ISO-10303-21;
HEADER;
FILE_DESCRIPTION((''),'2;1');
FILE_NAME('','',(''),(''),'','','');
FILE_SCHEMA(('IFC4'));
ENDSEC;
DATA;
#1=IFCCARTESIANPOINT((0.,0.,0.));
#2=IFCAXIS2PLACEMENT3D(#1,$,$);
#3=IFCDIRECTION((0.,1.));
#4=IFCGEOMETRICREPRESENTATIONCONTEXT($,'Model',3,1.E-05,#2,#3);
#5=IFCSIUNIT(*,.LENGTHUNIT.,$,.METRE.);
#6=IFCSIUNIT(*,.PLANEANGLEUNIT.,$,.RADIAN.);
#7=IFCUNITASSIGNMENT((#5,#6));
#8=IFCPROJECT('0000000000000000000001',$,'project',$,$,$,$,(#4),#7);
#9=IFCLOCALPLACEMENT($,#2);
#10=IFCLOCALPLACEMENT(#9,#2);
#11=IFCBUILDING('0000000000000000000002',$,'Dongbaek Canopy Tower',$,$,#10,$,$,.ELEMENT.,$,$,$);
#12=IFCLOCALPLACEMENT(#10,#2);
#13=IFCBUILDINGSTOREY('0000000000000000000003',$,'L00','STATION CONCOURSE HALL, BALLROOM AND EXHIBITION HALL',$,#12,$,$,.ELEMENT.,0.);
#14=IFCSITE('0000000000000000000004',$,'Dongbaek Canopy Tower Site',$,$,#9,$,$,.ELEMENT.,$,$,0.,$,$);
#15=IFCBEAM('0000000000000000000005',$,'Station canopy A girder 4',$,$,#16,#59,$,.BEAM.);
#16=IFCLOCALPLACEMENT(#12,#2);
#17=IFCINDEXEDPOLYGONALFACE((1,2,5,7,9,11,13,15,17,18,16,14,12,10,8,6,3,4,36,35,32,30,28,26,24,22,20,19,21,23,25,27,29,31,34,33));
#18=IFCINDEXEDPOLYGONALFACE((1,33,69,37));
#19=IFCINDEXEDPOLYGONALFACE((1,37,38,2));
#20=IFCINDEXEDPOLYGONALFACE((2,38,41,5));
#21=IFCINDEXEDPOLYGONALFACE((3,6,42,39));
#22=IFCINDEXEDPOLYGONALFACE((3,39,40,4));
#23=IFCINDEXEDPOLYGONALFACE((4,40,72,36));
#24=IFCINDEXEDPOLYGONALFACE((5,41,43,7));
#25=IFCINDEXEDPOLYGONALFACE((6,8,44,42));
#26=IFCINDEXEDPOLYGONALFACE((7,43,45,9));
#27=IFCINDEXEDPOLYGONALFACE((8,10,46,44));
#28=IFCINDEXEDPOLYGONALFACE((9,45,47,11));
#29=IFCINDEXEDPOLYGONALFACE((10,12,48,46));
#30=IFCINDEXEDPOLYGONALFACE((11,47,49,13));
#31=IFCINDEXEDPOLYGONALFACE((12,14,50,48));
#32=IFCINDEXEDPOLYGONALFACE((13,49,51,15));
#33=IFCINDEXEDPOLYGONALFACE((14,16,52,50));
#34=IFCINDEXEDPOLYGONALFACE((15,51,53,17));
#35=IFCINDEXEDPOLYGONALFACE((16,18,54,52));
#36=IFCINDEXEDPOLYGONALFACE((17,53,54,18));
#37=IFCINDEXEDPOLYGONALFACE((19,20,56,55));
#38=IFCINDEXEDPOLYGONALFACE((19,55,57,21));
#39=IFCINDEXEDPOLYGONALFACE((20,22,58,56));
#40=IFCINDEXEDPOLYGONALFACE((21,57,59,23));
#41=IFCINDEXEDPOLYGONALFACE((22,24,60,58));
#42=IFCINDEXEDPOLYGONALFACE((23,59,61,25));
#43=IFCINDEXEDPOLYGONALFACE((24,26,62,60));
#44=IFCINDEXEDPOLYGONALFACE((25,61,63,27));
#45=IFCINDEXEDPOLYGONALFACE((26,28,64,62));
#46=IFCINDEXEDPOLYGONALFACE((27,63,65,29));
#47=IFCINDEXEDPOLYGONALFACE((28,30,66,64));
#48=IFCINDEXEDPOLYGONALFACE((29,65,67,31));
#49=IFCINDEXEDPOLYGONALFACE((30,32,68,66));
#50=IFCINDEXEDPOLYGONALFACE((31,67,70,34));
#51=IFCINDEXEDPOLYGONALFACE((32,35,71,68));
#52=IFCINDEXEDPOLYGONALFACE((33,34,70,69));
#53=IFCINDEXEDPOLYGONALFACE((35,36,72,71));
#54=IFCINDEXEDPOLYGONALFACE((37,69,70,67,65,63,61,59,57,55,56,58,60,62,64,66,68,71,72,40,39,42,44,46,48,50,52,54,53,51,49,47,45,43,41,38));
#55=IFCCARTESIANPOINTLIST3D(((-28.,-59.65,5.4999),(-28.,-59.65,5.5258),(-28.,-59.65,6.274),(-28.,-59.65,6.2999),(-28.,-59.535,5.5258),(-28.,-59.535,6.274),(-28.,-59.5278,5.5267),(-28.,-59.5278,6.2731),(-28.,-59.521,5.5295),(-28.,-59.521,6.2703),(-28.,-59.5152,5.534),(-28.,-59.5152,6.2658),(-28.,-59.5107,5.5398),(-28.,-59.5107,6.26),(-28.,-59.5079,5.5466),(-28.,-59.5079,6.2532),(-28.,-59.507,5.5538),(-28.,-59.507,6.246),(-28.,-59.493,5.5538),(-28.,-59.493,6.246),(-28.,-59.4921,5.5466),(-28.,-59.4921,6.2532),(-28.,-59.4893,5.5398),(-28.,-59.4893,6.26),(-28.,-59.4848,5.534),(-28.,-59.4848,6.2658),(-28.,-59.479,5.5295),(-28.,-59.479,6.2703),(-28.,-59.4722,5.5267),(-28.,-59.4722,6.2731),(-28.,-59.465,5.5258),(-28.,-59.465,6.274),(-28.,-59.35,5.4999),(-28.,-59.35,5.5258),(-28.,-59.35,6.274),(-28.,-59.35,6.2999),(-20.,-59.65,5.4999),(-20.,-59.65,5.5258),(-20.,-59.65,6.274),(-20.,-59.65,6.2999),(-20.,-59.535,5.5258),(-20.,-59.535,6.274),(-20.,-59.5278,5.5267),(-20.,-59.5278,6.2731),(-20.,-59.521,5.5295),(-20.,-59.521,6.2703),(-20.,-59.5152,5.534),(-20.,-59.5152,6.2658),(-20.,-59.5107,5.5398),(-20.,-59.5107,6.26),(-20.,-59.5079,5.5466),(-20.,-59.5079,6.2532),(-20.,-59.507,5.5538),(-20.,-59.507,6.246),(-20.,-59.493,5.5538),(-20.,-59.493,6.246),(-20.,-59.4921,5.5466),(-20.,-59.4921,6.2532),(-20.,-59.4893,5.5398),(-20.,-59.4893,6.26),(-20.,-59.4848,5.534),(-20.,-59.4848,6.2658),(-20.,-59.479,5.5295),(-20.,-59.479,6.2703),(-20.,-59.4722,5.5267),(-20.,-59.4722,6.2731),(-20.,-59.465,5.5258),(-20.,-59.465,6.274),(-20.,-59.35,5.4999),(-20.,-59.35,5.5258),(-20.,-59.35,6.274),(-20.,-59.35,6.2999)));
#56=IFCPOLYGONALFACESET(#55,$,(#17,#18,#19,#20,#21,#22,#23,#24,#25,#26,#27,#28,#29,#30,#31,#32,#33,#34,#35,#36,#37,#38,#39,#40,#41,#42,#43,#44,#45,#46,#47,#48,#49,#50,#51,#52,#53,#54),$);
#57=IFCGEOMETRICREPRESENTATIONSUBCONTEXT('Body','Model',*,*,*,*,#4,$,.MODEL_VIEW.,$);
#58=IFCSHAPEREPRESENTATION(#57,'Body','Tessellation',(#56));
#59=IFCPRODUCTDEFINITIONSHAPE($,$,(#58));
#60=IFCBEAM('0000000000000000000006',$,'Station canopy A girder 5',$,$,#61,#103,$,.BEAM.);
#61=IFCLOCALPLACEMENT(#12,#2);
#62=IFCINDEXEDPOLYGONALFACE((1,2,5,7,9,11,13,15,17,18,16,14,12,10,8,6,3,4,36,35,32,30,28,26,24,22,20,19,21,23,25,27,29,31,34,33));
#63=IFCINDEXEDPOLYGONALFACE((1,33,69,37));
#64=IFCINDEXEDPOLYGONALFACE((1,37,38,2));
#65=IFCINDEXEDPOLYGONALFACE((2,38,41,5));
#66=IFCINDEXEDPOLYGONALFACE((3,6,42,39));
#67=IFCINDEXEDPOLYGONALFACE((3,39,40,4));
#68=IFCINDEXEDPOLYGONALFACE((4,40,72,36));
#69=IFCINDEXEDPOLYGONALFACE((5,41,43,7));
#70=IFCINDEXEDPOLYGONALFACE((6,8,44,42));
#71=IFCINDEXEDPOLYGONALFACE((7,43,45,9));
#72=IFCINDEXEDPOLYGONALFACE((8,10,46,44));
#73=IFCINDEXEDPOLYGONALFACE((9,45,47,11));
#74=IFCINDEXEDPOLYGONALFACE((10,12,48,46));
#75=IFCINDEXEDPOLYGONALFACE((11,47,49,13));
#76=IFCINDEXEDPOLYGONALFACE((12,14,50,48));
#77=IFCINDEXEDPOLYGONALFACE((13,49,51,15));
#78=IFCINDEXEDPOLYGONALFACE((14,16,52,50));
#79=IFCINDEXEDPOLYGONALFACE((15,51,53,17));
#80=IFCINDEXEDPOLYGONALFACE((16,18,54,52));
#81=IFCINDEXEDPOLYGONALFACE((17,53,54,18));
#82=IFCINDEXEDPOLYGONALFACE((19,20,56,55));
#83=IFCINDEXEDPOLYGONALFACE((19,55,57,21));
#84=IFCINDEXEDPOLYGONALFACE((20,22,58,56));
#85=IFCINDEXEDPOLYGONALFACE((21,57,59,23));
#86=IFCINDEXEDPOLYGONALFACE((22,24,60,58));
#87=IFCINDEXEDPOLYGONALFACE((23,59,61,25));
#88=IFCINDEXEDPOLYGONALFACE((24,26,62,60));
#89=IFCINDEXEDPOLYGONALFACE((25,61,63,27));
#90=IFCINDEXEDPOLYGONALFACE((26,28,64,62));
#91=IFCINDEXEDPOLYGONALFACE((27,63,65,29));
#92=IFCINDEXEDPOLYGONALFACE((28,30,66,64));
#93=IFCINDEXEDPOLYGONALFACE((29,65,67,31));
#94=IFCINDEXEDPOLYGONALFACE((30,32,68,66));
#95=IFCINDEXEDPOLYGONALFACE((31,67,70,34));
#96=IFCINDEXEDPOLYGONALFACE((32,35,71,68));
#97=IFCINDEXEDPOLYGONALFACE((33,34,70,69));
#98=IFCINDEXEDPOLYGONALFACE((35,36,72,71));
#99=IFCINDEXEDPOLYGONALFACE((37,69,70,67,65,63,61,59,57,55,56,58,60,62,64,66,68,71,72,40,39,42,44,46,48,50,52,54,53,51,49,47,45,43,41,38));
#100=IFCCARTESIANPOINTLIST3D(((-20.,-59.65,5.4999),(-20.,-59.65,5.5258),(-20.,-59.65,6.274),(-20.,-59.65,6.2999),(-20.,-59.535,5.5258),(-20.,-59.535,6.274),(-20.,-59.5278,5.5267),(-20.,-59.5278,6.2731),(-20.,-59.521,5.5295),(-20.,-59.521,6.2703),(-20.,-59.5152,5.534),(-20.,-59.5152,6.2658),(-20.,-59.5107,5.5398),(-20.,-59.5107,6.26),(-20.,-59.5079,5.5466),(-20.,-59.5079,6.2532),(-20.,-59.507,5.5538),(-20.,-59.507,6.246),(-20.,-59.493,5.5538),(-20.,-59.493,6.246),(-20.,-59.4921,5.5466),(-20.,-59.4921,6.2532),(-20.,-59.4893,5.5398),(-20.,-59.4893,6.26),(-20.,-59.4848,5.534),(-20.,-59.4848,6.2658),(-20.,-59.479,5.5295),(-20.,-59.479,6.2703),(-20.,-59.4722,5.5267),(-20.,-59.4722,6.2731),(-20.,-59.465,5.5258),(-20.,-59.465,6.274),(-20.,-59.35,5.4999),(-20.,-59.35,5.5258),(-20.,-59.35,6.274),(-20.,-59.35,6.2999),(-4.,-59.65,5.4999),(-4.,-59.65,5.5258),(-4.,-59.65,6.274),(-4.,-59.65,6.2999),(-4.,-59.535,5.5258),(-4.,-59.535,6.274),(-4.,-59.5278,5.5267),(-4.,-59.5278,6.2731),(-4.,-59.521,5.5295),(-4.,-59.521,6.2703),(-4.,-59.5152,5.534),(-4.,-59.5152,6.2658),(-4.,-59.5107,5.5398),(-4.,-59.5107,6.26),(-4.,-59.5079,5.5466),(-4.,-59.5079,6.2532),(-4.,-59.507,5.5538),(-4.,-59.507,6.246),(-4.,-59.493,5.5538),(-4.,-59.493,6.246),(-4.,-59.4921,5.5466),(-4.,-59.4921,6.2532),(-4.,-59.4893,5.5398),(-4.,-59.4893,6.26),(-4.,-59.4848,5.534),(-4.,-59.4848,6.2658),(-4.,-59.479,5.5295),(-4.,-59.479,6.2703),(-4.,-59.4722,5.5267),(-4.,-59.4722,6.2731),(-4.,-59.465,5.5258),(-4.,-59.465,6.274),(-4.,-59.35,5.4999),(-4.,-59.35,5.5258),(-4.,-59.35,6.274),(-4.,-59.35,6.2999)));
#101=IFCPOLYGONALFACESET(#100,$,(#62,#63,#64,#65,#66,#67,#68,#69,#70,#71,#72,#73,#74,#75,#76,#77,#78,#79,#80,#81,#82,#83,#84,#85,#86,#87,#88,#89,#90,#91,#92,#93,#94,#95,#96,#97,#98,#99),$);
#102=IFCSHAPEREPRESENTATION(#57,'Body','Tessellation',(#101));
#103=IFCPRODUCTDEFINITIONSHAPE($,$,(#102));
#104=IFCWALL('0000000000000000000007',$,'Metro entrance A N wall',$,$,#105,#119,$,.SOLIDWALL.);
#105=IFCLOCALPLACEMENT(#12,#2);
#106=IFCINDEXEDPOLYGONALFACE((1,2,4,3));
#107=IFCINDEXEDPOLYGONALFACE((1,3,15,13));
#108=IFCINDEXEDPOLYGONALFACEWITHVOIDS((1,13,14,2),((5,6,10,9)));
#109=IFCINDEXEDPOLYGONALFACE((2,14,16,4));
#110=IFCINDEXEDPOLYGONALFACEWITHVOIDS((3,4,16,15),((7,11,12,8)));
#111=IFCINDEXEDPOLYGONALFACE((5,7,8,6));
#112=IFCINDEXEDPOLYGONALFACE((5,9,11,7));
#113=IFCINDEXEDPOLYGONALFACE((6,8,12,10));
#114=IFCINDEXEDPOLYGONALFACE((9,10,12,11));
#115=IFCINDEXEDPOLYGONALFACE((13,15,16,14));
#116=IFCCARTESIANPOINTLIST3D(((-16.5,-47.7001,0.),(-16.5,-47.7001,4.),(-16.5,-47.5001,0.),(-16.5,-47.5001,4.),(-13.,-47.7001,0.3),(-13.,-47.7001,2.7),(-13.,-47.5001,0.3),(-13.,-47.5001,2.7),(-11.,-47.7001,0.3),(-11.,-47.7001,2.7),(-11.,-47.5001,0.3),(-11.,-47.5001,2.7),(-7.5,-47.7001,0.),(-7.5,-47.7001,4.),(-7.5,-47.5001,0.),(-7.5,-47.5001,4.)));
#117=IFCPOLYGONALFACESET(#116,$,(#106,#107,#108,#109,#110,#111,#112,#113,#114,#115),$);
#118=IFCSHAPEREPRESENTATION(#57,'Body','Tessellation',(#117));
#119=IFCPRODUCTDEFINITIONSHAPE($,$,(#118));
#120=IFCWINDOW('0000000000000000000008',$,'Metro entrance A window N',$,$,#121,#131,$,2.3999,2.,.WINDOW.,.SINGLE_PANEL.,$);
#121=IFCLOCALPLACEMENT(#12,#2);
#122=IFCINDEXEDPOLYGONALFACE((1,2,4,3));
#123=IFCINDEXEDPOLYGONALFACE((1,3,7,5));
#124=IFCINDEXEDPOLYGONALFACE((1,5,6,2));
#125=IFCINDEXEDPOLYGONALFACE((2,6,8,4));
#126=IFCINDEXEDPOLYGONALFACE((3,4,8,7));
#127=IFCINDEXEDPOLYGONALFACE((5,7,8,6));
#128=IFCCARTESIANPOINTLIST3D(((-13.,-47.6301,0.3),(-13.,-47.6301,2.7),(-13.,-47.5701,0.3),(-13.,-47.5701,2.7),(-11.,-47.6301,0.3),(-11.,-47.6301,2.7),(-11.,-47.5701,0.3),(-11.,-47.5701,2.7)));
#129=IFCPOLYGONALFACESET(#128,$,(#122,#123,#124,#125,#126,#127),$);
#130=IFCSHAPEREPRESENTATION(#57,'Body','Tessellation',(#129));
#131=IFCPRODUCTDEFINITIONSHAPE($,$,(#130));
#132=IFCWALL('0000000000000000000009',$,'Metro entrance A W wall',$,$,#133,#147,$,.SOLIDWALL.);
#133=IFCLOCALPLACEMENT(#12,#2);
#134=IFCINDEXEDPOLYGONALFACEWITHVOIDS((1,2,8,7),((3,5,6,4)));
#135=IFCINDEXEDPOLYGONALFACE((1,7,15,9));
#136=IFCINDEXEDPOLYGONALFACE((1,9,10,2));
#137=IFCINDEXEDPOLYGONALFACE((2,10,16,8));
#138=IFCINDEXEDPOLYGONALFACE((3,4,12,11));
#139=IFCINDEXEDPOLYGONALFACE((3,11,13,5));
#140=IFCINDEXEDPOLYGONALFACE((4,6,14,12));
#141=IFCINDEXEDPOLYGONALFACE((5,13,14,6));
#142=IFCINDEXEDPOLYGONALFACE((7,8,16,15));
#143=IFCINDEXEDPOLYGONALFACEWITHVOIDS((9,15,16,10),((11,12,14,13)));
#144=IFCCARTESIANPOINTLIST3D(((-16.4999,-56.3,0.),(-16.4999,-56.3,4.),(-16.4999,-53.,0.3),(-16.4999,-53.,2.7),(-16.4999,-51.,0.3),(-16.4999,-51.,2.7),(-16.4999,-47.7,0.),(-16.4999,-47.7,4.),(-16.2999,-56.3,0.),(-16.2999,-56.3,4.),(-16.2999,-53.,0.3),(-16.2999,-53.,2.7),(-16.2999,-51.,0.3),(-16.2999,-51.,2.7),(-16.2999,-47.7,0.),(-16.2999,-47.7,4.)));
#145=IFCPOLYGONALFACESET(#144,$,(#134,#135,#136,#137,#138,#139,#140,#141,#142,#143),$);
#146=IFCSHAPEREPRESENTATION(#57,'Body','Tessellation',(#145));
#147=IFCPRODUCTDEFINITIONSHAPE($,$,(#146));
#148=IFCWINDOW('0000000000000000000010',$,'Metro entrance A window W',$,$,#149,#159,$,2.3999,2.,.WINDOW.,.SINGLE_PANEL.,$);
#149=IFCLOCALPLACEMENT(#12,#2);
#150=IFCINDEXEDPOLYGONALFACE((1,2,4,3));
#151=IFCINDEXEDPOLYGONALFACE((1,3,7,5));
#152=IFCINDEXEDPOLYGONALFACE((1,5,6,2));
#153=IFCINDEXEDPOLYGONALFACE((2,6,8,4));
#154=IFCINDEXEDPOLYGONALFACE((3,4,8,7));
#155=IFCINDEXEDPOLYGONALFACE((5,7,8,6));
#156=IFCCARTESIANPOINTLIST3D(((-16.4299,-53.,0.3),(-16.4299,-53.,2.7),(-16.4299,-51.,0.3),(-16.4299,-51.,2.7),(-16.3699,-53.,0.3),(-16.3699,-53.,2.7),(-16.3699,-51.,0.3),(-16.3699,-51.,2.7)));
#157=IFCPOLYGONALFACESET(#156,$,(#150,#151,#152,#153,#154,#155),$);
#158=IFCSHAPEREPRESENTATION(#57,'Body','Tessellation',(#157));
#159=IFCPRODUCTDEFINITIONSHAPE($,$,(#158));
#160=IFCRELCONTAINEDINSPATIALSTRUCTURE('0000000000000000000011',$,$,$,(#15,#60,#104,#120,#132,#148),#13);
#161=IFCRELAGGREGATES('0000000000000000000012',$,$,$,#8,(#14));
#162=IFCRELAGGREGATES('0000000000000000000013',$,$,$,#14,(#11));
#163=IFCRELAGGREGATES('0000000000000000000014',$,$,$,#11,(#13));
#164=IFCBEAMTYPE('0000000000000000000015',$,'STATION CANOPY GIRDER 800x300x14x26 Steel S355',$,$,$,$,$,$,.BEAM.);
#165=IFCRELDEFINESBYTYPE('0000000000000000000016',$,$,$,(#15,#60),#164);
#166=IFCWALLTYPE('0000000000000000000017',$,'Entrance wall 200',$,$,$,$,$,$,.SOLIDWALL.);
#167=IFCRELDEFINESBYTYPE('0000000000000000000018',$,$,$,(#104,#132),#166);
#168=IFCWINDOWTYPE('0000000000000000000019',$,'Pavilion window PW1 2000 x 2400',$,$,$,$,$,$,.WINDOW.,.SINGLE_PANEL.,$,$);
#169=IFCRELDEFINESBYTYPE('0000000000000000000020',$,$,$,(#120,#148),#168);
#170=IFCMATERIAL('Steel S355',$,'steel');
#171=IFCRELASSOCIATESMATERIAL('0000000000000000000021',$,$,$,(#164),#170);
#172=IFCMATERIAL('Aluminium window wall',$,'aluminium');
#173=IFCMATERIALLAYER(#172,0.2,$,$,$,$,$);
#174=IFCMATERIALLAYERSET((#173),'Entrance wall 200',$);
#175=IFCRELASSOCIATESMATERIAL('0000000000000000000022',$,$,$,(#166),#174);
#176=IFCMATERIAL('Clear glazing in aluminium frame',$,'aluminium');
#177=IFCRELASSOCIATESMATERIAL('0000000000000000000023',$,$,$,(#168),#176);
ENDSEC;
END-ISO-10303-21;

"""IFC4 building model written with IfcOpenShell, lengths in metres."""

from ifc_helpers import new_model, si_unit, direction, frame, frame_2d, origin, origin_2d, place, context, subcontext, project, spatial, rectangle, i_section, extrude, material, layer, layer_set, material_profile, profile_set, type_object, element, fill, save


model = new_model("IFC4")

# Units and contexts
model_context = context("Model", 3, precision=1e-05, world=origin(), true_north=direction((0.0, 1.0)))
body_context = subcontext(model_context, "Body", "Model", "MODEL_VIEW")
ifc_project = project(units=[si_unit("LENGTHUNIT", "METRE"), si_unit("PLANEANGLEUNIT", "RADIAN")], contexts=[model_context])

# Site, building, storey
site_placement = place(None, origin())
site = spatial("IfcSite", under=ifc_project, at=site_placement, Name="Dongbaek Canopy Tower Site", CompositionType="ELEMENT", RefElevation=0.0)
building_placement = place(site_placement, origin())
building = spatial("IfcBuilding", under=site, at=building_placement, Name="Dongbaek Canopy Tower", CompositionType="ELEMENT")
storey_placement = place(building_placement, origin())
storey = spatial("IfcBuildingStorey", under=building, at=storey_placement, Name="L00", Description="STATION CONCOURSE HALL, BALLROOM AND EXHIBITION HALL", CompositionType="ELEMENT", Elevation=0.0)

# Beams
ifc_material_1 = material(Name="Steel S355", Category="steel")
ifc_material_profile_1 = material_profile(ifc_material_1, i_section(OverallWidth=0.3, OverallDepth=0.8, WebThickness=0.0139, FlangeThickness=0.0259, FilletRadius=0.0281, at=origin_2d()), Name="STATION CANOPY GIRDER 800x300x14x26 Steel S355")
ifc_profile_set_1 = profile_set([ifc_material_profile_1], Name="Steel S355")
beam_type_1 = type_object("IfcBeamType", Name="STATION CANOPY GIRDER 800x300x14x26 Steel S355", PredefinedType="BEAM", material=ifc_profile_set_1)
beam_1_placement = place(storey_placement, frame((-28.0, -59.5, 5.8999), z_axis=(1.0, 0.0, 0.0), x_axis=(0.0, 1.0, 0.0)))
element("IfcBeam", 1, at=beam_1_placement, inside=storey, type_object=beam_type_1, Name="Station canopy A girder 4", PredefinedType="BEAM", context=body_context, shape_type="SweptSolid", body=[
    extrude(i_section(OverallWidth=0.3, OverallDepth=0.8, WebThickness=0.0139, FlangeThickness=0.0259, FilletRadius=0.0281, at=origin_2d()), origin(), (0.0, 0.0, 1.0), 8.0),
])
beam_2_placement = place(storey_placement, frame((-20.0, -59.5, 5.8999), z_axis=(1.0, 0.0, 0.0), x_axis=(0.0, 1.0, 0.0)))
element("IfcBeam", 2, at=beam_2_placement, inside=storey, type_object=beam_type_1, Name="Station canopy A girder 5", PredefinedType="BEAM", context=body_context, shape_type="SweptSolid", body=[
    extrude(i_section(OverallWidth=0.3, OverallDepth=0.8, WebThickness=0.0139, FlangeThickness=0.0259, FilletRadius=0.0281, at=origin_2d()), origin(), (0.0, 0.0, 1.0), 16.0),
])

# Walls, openings, windows
ifc_material_2 = material(Name="Aluminium window wall", Category="aluminium")
ifc_layer_1 = layer(ifc_material_2, 0.2)
ifc_layer_set_1 = layer_set([ifc_layer_1], Name="Entrance wall 200")
wall_type_1 = type_object("IfcWallType", Name="Entrance wall 200", PredefinedType="SOLIDWALL", material=ifc_layer_set_1)
wall_1_placement = place(storey_placement, frame((-16.5, -47.6001, 0.0), z_axis=(0.0, 0.0, 1.0), x_axis=(1.0, 0.0, 0.0)))
wall_1 = element("IfcWall", 3, at=wall_1_placement, inside=storey, type_object=wall_type_1, Name="Metro entrance A N wall", PredefinedType="SOLIDWALL", context=body_context, shape_type="SweptSolid", body=[
    extrude(rectangle(XDim=9.0, YDim=0.2, at=frame_2d((4.5, 0.0))), origin(), (0.0, 0.0, 1.0), 4.0),
])
opening_1_placement = place(wall_1_placement, frame((3.5, 0.0, 0.3)))
opening_1 = element("IfcOpeningElement", 4, at=opening_1_placement, cuts=wall_1, PredefinedType="OPENING", context=body_context, shape_type="SweptSolid", body=[
    extrude(rectangle(XDim=2.0, YDim=2.3999, at=frame_2d((1.0, 1.2))), frame((0.0, 0.1099, 0.0), z_axis=(0.0, -1.0, 0.0), x_axis=(1.0, 0.0, 0.0)), (0.0, 0.0, 1.0), 0.22),
])
ifc_material_3 = material(Name="Clear glazing in aluminium frame", Category="aluminium")
window_type = type_object("IfcWindowType", Name="Pavilion window PW1 2000 x 2400", PartitioningType="SINGLE_PANEL", PredefinedType="WINDOW", material=ifc_material_3)
window_1_placement = place(opening_1_placement, origin())
window_1 = element("IfcWindow", 5, at=window_1_placement, inside=storey, type_object=window_type, Name="Metro entrance A window N", OverallHeight=2.3999, OverallWidth=2.0, PartitioningType="SINGLE_PANEL", PredefinedType="WINDOW", context=body_context, shape_type="SweptSolid", body=[
    extrude(rectangle(XDim=2.0, YDim=2.3999, at=frame_2d((1.0, 1.2))), frame((0.0, 0.03, 0.0), z_axis=(0.0, -1.0, 0.0), x_axis=(1.0, 0.0, 0.0)), (0.0, 0.0, 1.0), 0.0601),
])
fill(opening_1, window_1)
wall_2_placement = place(storey_placement, frame((-16.3999, -56.3, 0.0), z_axis=(0.0, 0.0, 1.0), x_axis=(0.0, 1.0, 0.0)))
wall_2 = element("IfcWall", 6, at=wall_2_placement, inside=storey, type_object=wall_type_1, Name="Metro entrance A W wall", PredefinedType="SOLIDWALL", context=body_context, shape_type="SweptSolid", body=[
    extrude(rectangle(XDim=8.6001, YDim=0.2, at=frame_2d((4.3, 0.0))), origin(), (0.0, 0.0, 1.0), 4.0),
])
opening_2_placement = place(wall_2_placement, frame((3.3, 0.0, 0.3)))
opening_2 = element("IfcOpeningElement", 7, at=opening_2_placement, cuts=wall_2, PredefinedType="OPENING", context=body_context, shape_type="SweptSolid", body=[
    extrude(rectangle(XDim=2.0, YDim=2.3999, at=frame_2d((1.0, 1.2))), frame((0.0, 0.1099, 0.0), z_axis=(0.0, -1.0, 0.0), x_axis=(1.0, 0.0, 0.0)), (0.0, 0.0, 1.0), 0.22),
])
window_2_placement = place(opening_2_placement, origin())
window_2 = element("IfcWindow", 8, at=window_2_placement, inside=storey, type_object=window_type, Name="Metro entrance A window W", OverallHeight=2.3999, OverallWidth=2.0, PartitioningType="SINGLE_PANEL", PredefinedType="WINDOW", context=body_context, shape_type="SweptSolid", body=[
    extrude(rectangle(XDim=2.0, YDim=2.3999, at=frame_2d((1.0, 1.2))), frame((0.0, 0.03, 0.0), z_axis=(0.0, -1.0, 0.0), x_axis=(1.0, 0.0, 0.0)), (0.0, 0.0, 1.0), 0.0601),
])
fill(opening_2, window_2)

save(model, "model.ifc")
